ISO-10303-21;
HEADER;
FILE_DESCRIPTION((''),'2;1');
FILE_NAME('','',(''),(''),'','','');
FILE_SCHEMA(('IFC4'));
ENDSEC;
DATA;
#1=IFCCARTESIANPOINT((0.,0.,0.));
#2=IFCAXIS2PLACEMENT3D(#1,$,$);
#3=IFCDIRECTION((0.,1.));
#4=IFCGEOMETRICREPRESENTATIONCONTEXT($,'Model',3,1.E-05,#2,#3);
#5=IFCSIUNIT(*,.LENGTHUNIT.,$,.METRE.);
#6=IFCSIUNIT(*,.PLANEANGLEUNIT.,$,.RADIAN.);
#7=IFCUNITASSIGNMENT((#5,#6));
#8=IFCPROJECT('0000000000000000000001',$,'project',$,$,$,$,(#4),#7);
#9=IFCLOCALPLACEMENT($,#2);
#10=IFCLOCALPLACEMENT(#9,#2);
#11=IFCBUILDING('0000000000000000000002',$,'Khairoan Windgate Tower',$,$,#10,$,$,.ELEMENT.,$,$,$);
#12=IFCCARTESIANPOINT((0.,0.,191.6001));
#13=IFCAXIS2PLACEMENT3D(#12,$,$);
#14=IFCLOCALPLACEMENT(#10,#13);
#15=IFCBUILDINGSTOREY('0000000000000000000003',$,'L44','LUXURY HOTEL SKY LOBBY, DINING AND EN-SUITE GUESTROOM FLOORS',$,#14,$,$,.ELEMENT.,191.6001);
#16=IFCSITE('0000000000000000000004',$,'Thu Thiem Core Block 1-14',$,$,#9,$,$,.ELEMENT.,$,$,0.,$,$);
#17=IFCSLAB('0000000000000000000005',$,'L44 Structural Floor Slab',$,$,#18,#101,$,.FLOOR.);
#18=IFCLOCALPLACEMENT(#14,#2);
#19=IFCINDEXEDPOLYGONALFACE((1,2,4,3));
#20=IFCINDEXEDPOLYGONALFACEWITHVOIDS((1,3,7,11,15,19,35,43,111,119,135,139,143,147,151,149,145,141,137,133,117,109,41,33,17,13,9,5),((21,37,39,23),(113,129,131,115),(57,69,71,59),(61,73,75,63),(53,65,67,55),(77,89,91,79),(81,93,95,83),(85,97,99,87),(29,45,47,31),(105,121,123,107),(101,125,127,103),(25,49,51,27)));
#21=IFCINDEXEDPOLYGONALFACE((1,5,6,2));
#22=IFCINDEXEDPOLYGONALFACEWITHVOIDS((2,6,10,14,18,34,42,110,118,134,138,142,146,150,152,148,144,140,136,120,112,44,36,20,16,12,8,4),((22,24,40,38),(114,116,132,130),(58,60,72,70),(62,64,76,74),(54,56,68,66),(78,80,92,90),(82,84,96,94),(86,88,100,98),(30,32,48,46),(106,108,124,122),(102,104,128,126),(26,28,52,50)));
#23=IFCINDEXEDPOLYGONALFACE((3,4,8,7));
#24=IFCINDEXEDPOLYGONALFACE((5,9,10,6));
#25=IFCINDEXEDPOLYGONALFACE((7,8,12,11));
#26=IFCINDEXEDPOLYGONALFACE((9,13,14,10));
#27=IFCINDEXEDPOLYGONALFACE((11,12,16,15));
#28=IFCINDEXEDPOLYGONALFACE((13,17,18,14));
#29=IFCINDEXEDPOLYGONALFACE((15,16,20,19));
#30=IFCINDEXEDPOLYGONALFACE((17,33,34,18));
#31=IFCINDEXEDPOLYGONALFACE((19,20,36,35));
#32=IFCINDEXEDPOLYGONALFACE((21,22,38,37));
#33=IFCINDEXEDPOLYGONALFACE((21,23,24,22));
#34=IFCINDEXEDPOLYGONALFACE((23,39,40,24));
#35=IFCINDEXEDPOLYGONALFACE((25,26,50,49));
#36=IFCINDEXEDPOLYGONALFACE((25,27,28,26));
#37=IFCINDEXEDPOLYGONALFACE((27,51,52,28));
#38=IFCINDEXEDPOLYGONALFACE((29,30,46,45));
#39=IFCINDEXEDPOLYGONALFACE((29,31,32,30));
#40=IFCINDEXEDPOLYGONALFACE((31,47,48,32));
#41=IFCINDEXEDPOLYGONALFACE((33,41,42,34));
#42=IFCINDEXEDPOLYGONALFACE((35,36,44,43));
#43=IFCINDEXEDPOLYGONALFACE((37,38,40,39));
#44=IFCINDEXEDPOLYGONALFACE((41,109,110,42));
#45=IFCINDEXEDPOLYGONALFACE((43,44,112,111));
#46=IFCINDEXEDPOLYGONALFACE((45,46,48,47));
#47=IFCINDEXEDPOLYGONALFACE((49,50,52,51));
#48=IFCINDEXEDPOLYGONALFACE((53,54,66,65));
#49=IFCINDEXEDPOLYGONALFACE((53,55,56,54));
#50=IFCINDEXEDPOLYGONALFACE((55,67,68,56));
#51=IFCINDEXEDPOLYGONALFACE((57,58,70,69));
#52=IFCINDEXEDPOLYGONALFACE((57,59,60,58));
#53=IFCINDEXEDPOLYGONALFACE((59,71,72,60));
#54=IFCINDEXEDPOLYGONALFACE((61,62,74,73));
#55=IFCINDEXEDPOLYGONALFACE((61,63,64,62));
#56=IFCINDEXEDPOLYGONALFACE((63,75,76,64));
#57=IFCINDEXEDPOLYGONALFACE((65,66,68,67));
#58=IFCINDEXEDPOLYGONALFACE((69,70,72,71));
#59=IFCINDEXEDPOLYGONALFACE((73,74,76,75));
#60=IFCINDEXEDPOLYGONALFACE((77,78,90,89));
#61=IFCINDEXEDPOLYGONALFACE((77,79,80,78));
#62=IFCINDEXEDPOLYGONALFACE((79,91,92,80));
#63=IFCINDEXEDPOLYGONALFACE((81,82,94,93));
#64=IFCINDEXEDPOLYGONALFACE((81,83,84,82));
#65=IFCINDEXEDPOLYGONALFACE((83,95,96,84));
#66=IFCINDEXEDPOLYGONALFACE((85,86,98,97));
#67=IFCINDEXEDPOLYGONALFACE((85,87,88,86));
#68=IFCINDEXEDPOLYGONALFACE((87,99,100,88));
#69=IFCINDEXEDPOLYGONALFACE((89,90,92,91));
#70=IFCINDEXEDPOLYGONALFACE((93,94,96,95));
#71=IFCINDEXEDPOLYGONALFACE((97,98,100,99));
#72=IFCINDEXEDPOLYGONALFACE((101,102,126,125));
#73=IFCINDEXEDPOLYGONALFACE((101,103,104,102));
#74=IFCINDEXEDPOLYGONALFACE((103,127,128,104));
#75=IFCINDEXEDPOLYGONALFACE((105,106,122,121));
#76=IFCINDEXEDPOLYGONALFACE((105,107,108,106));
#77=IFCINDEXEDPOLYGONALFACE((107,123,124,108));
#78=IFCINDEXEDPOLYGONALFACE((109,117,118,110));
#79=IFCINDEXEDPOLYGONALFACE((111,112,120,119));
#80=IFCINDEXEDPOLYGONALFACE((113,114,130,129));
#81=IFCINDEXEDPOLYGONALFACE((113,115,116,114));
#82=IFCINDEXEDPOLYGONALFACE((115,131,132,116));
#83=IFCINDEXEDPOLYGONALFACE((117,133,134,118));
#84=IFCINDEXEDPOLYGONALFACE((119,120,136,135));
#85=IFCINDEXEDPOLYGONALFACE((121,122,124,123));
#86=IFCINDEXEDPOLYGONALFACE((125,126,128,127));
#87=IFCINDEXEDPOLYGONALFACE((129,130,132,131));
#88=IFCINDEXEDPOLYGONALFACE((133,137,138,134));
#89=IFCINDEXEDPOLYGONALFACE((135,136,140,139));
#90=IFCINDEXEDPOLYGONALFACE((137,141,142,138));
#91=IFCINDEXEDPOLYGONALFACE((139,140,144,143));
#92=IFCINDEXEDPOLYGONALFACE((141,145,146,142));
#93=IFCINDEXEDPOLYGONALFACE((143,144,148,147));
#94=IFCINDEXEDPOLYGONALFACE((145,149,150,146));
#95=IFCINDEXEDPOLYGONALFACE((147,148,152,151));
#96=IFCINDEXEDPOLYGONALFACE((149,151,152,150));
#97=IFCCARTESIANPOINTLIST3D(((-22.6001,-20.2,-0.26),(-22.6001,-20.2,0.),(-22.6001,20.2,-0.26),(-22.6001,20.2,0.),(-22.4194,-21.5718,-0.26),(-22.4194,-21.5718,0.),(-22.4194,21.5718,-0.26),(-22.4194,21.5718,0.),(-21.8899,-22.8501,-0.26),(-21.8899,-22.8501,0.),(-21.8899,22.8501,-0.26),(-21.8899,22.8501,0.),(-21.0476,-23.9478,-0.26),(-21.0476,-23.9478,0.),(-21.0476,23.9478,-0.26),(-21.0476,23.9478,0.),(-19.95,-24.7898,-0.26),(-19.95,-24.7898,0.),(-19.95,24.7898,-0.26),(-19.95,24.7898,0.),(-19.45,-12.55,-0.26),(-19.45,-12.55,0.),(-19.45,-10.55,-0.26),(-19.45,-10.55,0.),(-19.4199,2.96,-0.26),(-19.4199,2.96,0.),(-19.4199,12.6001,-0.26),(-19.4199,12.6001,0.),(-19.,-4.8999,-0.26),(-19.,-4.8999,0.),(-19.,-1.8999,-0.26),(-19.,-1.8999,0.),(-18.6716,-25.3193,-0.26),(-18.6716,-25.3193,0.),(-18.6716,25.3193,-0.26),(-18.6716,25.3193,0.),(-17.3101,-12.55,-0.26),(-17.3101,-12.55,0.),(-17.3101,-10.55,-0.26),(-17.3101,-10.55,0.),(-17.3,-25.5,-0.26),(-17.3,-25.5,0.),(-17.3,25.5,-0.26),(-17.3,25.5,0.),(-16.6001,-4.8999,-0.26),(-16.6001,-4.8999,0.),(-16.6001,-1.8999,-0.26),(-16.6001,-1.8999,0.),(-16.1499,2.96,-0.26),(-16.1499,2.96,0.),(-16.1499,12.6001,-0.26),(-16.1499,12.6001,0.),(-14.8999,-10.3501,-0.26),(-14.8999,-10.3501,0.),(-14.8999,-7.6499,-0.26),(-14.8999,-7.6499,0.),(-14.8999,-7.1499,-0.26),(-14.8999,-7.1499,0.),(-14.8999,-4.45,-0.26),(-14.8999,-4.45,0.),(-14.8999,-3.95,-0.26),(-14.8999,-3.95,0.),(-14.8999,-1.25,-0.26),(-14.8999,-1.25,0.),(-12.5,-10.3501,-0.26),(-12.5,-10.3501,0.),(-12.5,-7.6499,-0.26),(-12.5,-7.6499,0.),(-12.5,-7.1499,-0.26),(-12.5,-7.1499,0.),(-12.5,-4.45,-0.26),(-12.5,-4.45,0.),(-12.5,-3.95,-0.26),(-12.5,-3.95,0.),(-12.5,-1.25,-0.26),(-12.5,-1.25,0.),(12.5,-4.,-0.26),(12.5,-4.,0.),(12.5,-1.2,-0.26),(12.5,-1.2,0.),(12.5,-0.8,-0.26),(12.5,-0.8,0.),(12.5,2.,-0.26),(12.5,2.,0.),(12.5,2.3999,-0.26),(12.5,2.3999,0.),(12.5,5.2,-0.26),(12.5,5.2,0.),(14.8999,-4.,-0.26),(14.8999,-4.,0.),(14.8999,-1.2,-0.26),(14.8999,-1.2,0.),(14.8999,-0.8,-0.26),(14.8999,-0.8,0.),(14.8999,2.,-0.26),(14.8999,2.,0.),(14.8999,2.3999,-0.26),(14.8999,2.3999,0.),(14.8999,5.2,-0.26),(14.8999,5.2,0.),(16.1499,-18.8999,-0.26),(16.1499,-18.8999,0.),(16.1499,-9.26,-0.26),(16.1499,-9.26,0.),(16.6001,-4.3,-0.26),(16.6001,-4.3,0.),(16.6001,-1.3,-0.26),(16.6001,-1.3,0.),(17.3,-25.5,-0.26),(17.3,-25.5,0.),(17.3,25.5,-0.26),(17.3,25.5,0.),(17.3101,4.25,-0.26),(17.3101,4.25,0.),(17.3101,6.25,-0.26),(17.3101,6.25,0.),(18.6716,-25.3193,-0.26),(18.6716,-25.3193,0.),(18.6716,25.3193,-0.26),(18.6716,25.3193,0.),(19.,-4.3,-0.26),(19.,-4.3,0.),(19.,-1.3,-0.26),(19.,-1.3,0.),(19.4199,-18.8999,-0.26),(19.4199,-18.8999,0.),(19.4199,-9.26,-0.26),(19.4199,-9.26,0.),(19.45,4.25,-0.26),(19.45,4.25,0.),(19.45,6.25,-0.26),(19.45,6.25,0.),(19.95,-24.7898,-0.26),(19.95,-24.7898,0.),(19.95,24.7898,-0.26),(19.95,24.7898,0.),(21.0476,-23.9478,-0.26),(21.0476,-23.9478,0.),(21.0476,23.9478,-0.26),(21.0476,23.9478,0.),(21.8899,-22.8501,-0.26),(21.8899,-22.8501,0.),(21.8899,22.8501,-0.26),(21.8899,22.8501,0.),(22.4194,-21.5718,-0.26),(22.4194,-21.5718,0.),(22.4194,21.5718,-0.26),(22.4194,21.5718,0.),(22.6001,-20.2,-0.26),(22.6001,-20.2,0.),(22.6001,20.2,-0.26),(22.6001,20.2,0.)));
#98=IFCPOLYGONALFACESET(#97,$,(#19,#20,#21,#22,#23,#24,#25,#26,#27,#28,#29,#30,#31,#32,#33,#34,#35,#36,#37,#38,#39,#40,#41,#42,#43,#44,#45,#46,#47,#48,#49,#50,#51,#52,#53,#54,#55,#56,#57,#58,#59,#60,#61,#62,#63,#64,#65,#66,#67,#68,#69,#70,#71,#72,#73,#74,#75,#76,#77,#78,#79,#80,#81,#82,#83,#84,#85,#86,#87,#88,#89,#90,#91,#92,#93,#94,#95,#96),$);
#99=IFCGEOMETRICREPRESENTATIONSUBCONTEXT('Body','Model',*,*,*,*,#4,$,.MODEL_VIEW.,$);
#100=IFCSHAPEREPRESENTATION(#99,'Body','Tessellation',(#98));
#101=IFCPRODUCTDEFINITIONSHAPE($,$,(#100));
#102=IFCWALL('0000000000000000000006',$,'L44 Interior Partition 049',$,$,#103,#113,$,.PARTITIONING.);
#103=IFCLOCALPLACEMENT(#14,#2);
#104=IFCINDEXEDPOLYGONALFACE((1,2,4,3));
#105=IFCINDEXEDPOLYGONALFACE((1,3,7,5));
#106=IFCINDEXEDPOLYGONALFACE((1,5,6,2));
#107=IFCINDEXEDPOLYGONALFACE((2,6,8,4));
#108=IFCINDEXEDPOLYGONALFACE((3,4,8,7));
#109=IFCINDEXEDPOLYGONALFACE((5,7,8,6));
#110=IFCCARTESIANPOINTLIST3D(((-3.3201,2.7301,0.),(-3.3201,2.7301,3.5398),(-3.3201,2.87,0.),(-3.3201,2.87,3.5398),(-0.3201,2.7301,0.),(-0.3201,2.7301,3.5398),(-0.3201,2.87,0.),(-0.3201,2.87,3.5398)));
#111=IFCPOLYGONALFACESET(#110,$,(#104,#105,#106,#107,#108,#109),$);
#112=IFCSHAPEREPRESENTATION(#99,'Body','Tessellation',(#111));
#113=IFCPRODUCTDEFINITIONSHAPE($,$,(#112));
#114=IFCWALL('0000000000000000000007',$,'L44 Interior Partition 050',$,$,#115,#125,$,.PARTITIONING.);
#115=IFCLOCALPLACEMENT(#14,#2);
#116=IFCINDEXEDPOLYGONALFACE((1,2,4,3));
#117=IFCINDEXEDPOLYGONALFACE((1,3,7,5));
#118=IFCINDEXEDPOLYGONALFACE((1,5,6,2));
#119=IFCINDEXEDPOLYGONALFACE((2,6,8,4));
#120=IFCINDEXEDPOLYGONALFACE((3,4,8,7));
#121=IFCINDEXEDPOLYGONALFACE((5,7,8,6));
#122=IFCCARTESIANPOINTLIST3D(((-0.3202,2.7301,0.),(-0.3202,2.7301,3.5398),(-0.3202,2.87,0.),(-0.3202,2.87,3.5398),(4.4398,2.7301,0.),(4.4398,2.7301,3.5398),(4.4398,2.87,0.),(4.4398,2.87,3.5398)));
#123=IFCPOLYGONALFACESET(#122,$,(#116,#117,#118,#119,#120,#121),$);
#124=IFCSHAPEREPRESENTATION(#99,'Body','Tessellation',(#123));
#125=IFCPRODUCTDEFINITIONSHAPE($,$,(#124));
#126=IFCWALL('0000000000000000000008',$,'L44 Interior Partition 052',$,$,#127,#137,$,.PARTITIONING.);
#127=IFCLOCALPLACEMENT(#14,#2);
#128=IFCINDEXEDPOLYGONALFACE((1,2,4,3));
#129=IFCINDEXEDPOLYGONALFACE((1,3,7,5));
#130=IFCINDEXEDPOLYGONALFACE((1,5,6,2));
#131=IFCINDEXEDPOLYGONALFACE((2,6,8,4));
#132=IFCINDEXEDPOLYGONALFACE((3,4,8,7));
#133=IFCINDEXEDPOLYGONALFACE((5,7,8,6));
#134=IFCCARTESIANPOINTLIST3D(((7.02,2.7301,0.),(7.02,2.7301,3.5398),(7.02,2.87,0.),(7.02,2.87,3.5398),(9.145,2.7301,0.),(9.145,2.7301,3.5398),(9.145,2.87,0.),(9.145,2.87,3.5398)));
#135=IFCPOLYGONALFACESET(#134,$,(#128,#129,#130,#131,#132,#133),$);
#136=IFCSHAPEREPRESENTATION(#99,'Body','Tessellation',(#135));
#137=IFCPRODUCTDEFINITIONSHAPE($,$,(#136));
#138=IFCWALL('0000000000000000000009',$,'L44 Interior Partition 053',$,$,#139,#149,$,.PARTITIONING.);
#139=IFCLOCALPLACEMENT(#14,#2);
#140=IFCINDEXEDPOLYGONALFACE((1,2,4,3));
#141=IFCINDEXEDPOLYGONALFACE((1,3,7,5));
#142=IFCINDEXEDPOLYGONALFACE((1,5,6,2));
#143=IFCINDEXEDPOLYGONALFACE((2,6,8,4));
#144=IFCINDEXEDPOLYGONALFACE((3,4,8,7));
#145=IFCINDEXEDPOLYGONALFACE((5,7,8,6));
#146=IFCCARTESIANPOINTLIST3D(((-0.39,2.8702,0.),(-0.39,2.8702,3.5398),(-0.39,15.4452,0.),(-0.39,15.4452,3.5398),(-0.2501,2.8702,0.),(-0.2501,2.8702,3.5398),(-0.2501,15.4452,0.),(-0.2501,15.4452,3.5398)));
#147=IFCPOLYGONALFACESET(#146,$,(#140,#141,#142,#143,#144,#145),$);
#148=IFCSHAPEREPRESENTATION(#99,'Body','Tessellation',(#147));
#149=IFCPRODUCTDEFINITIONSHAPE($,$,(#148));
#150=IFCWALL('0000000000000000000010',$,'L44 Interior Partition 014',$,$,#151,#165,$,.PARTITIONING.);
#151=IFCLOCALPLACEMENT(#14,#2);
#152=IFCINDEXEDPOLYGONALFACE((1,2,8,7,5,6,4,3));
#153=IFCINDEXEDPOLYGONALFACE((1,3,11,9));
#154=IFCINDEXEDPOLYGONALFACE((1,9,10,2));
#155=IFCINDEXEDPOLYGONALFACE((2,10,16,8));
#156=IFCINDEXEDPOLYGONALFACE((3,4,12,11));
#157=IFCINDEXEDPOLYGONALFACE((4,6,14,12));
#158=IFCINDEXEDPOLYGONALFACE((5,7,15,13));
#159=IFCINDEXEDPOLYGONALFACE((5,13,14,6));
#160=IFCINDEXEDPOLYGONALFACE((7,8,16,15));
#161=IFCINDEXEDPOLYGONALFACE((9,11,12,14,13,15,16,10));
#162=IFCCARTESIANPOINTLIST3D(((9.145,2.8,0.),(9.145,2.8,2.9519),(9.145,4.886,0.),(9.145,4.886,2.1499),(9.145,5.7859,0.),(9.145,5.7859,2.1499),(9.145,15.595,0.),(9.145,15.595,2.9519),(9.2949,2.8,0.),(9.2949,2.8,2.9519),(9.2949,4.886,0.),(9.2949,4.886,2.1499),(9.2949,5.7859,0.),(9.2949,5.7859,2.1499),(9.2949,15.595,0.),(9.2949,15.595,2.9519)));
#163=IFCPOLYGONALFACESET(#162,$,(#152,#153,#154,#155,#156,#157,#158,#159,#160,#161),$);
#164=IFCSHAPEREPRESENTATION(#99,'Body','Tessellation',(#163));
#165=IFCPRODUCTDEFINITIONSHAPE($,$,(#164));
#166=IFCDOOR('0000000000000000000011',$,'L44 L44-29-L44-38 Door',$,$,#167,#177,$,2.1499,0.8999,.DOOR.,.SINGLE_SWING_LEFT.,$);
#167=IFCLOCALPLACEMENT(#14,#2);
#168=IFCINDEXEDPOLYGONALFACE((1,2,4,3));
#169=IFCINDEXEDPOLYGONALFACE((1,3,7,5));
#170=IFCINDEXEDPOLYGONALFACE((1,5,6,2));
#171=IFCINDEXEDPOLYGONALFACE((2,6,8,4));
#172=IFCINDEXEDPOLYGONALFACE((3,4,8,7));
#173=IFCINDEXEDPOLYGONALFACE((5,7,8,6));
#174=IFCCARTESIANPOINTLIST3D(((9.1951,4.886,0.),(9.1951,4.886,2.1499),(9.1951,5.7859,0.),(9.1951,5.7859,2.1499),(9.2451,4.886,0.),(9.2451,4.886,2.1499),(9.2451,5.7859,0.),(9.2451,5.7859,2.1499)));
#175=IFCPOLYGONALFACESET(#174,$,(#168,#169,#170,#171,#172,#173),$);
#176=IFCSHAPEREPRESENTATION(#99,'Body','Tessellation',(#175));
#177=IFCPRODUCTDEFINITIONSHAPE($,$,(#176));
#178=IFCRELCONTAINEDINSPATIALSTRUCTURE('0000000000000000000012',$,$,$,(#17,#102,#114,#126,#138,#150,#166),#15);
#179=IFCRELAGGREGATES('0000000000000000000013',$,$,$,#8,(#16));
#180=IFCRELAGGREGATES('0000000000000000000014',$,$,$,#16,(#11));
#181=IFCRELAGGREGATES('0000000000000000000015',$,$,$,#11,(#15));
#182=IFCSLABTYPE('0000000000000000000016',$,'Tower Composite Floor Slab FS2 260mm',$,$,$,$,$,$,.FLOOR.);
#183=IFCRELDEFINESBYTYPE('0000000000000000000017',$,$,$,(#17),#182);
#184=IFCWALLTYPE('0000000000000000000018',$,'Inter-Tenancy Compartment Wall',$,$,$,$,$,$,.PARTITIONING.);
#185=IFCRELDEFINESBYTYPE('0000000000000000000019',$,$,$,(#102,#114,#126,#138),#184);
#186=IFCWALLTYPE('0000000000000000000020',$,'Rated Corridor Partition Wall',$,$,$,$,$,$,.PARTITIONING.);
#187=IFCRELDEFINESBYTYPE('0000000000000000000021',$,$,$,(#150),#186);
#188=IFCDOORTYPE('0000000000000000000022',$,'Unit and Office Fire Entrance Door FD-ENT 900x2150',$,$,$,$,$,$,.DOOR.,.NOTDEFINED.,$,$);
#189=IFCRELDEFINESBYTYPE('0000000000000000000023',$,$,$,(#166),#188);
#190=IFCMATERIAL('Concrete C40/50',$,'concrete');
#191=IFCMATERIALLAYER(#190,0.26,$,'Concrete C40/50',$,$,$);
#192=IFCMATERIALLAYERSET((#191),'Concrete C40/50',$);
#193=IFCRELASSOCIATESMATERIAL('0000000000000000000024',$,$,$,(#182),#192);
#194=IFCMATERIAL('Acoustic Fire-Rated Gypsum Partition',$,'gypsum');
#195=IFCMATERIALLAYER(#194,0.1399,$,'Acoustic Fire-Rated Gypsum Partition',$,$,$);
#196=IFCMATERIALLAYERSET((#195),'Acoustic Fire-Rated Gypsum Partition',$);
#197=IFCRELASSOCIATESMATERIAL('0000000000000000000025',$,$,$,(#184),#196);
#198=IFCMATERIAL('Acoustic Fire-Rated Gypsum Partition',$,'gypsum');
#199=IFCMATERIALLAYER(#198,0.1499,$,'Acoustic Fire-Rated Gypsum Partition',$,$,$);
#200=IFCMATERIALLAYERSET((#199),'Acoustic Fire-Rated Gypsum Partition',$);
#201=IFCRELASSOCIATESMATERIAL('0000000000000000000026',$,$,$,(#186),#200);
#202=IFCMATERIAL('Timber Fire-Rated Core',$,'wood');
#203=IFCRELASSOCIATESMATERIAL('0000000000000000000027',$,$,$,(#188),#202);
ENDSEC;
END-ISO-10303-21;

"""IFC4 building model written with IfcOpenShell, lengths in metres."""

from ifc_helpers import new_model, si_unit, direction, frame, frame_2d, origin, place, context, subcontext, project, spatial, polyline, rectangle, outline, extrude, material, layer, layer_set, type_object, element, fill, save


model = new_model("IFC4")

# Units and contexts
model_context = context("Model", 3, precision=1e-05, world=origin(), true_north=direction((0.0, 1.0)))
body_context = subcontext(model_context, "Body", "Model", "MODEL_VIEW")
ifc_project = project(units=[si_unit("LENGTHUNIT", "METRE"), si_unit("PLANEANGLEUNIT", "RADIAN")], contexts=[model_context])

# Site, building, storey
site_placement = place(None, origin())
site = spatial("IfcSite", under=ifc_project, at=site_placement, Name="Thu Thiem Core Block 1-14", CompositionType="ELEMENT", RefElevation=0.0)
building_placement = place(site_placement, origin())
building = spatial("IfcBuilding", under=site, at=building_placement, Name="Khairoan Windgate Tower", CompositionType="ELEMENT")
storey_placement = place(building_placement, frame((0.0, 0.0, 191.6001)))
storey = spatial("IfcBuildingStorey", under=building, at=storey_placement, Name="L44", Description="LUXURY HOTEL SKY LOBBY, DINING AND EN-SUITE GUESTROOM FLOORS", CompositionType="ELEMENT", Elevation=191.6001)

# Slab
ifc_material_1 = material(Name="Concrete C40/50", Category="concrete")
ifc_layer_1 = layer(ifc_material_1, 0.26, Name="Concrete C40/50")
ifc_layer_set_1 = layer_set([ifc_layer_1], Name="Concrete C40/50")
slab_type_1 = type_object("IfcSlabType", Name="Tower Composite Floor Slab FS2 260mm", PredefinedType="FLOOR", material=ifc_layer_set_1)
slab_1_placement = place(storey_placement, frame((0.0, 0.0, -0.26)))
element("IfcSlab", 1, at=slab_1_placement, inside=storey, type_object=slab_type_1, Name="L44 Structural Floor Slab", PredefinedType="FLOOR", context=body_context, shape_type="SweptSolid", body=[
    extrude(outline(polyline([(17.3, -25.5), (18.6716, -25.3193), (19.95, -24.7898), (21.0476, -23.9478), (21.8899, -22.8501), (22.4194, -21.5718), (22.6001, -20.2), (22.6001, 20.2), (22.4194, 21.5718), (21.8899, 22.8501), (21.0476, 23.9478), (19.95, 24.7898), (18.6716, 25.3193), (17.3, 25.5), (-17.3, 25.5), (-18.6716, 25.3193), (-19.95, 24.7898), (-21.0476, 23.9478), (-21.8899, 22.8501), (-22.4194, 21.5718), (-22.6001, 20.2), (-22.6001, -20.2), (-22.4194, -21.5718), (-21.8899, -22.8501), (-21.0476, -23.9478), (-19.95, -24.7898), (-18.6716, -25.3193), (-17.3, -25.5), (17.3, -25.5)]), holes=[polyline([(16.1499, -9.26), (16.1499, -18.8999), (19.4199, -18.8999), (19.4199, -9.26), (16.1499, -9.26)]), polyline([(-16.1499, 2.96), (-16.1499, 12.6001), (-19.4199, 12.6001), (-19.4199, 2.96), (-16.1499, 2.96)]), polyline([(-14.8999, -3.95), (-12.5, -3.95), (-12.5, -1.25), (-14.8999, -1.25), (-14.8999, -3.95)]), polyline([(-14.8999, -7.1499), (-12.5, -7.1499), (-12.5, -4.45), (-14.8999, -4.45), (-14.8999, -7.1499)]), polyline([(-14.8999, -10.3501), (-12.5, -10.3501), (-12.5, -7.6499), (-14.8999, -7.6499), (-14.8999, -10.3501)]), polyline([(12.5, 2.3999), (14.8999, 2.3999), (14.8999, 5.2), (12.5, 5.2), (12.5, 2.3999)]), polyline([(12.5, -0.8), (14.8999, -0.8), (14.8999, 2.0), (12.5, 2.0), (12.5, -0.8)]), polyline([(12.5, -4.0), (14.8999, -4.0), (14.8999, -1.2), (12.5, -1.2), (12.5, -4.0)]), polyline([(16.6001, -4.3), (19.0, -4.3), (19.0, -1.3), (16.6001, -1.3), (16.6001, -4.3)]), polyline([(-19.0, -4.8999), (-16.6001, -4.8999), (-16.6001, -1.8999), (-19.0, -1.8999), (-19.0, -4.8999)]), polyline([(-19.45, -12.55), (-17.3101, -12.55), (-17.3101, -10.55), (-19.45, -10.55), (-19.45, -12.55)]), polyline([(17.3101, 4.25), (19.45, 4.25), (19.45, 6.25), (17.3101, 6.25), (17.3101, 4.25)])]), origin(), (0.0, 0.0, 1.0), 0.26),
])

# Walls
ifc_material_2 = material(Name="Acoustic Fire-Rated Gypsum Partition", Category="gypsum")
ifc_layer_2 = layer(ifc_material_2, 0.1399, Name="Acoustic Fire-Rated Gypsum Partition")
ifc_layer_set_2 = layer_set([ifc_layer_2], Name="Acoustic Fire-Rated Gypsum Partition")
wall_type_1 = type_object("IfcWallType", Name="Inter-Tenancy Compartment Wall", PredefinedType="PARTITIONING", material=ifc_layer_set_2)
wall_1_placement = place(storey_placement, frame((-3.3201, 2.8, 0.0), z_axis=(0.0, 0.0, 1.0), x_axis=(1.0, 0.0, 0.0)))
element("IfcWall", 2, at=wall_1_placement, inside=storey, type_object=wall_type_1, Name="L44 Interior Partition 049", PredefinedType="PARTITIONING", context=body_context, shape_type="SweptSolid", body=[
    extrude(rectangle(XDim=3.0, YDim=0.1399, at=frame_2d((1.5, 0.0))), origin(), (0.0, 0.0, 1.0), 3.5398),
])
wall_2_placement = place(storey_placement, frame((-0.3201, 2.8, 0.0), z_axis=(0.0, 0.0, 1.0), x_axis=(1.0, 0.0, 0.0)))
element("IfcWall", 3, at=wall_2_placement, inside=storey, type_object=wall_type_1, Name="L44 Interior Partition 050", PredefinedType="PARTITIONING", context=body_context, shape_type="SweptSolid", body=[
    extrude(rectangle(XDim=4.76, YDim=0.1399, at=frame_2d((2.3799, 0.0))), origin(), (0.0, 0.0, 1.0), 3.5398),
])
wall_3_placement = place(storey_placement, frame((7.02, 2.8, 0.0), z_axis=(0.0, 0.0, 1.0), x_axis=(1.0, 0.0, 0.0)))
element("IfcWall", 4, at=wall_3_placement, inside=storey, type_object=wall_type_1, Name="L44 Interior Partition 052", PredefinedType="PARTITIONING", context=body_context, shape_type="SweptSolid", body=[
    extrude(rectangle(XDim=2.125, YDim=0.1399, at=frame_2d((1.0625, 0.0))), origin(), (0.0, 0.0, 1.0), 3.5398),
])
wall_4_placement = place(storey_placement, frame((-0.3201, 2.8701, 0.0), z_axis=(0.0, 0.0, 1.0), x_axis=(0.0, 1.0, 0.0)))
element("IfcWall", 5, at=wall_4_placement, inside=storey, type_object=wall_type_1, Name="L44 Interior Partition 053", PredefinedType="PARTITIONING", context=body_context, shape_type="SweptSolid", body=[
    extrude(rectangle(XDim=12.575, YDim=0.1399, at=frame_2d((6.2876, 0.0))), origin(), (0.0, 0.0, 1.0), 3.5398),
])

# Wall, opening, door
ifc_material_3 = material(Name="Acoustic Fire-Rated Gypsum Partition", Category="gypsum")
ifc_layer_3 = layer(ifc_material_3, 0.1499, Name="Acoustic Fire-Rated Gypsum Partition")
ifc_layer_set_3 = layer_set([ifc_layer_3], Name="Acoustic Fire-Rated Gypsum Partition")
wall_type_2 = type_object("IfcWallType", Name="Rated Corridor Partition Wall", PredefinedType="PARTITIONING", material=ifc_layer_set_3)
wall_5_placement = place(storey_placement, frame((9.22, 2.8, 0.0), z_axis=(0.0, 0.0, 1.0), x_axis=(0.0, 1.0, 0.0)))
wall_5 = element("IfcWall", 6, at=wall_5_placement, inside=storey, type_object=wall_type_2, Name="L44 Interior Partition 014", PredefinedType="PARTITIONING", context=body_context, shape_type="SweptSolid", body=[
    extrude(rectangle(XDim=12.7949, YDim=0.1499, at=frame_2d((6.3975, 0.0))), origin(), (0.0, 0.0, 1.0), 2.9519),
])
opening_1_placement = place(wall_5_placement, frame((2.0859, 0.0, 0.0)))
opening_1 = element("IfcOpeningElement", 7, at=opening_1_placement, cuts=wall_5, PredefinedType="OPENING", context=body_context, shape_type="SweptSolid", body=[
    extrude(rectangle(XDim=0.8999, YDim=2.1499, at=frame_2d((0.45, 1.075))), frame((0.0, 0.085, 0.0), z_axis=(0.0, -1.0, 0.0), x_axis=(1.0, 0.0, 0.0)), (0.0, 0.0, 1.0), 0.1699),
])
ifc_material_4 = material(Name="Timber Fire-Rated Core", Category="wood")
door_type = type_object("IfcDoorType", Name="Unit and Office Fire Entrance Door FD-ENT 900x2150", OperationType="NOTDEFINED", PredefinedType="DOOR", material=ifc_material_4)
door_1_placement = place(opening_1_placement, origin())
door_1 = element("IfcDoor", 8, at=door_1_placement, inside=storey, type_object=door_type, Name="L44 L44-29-L44-38 Door", OperationType="SINGLE_SWING_LEFT", OverallHeight=2.1499, OverallWidth=0.8999, PredefinedType="DOOR", context=body_context, shape_type="SweptSolid", body=[
    extrude(rectangle(XDim=0.8999, YDim=2.1499, at=frame_2d((0.45, 1.075))), frame((0.0, 0.0249, 0.0), z_axis=(0.0, -1.0, 0.0), x_axis=(1.0, 0.0, 0.0)), (0.0, 0.0, 1.0), 0.05),
])
fill(opening_1, door_1)

save(model, "model.ifc")
